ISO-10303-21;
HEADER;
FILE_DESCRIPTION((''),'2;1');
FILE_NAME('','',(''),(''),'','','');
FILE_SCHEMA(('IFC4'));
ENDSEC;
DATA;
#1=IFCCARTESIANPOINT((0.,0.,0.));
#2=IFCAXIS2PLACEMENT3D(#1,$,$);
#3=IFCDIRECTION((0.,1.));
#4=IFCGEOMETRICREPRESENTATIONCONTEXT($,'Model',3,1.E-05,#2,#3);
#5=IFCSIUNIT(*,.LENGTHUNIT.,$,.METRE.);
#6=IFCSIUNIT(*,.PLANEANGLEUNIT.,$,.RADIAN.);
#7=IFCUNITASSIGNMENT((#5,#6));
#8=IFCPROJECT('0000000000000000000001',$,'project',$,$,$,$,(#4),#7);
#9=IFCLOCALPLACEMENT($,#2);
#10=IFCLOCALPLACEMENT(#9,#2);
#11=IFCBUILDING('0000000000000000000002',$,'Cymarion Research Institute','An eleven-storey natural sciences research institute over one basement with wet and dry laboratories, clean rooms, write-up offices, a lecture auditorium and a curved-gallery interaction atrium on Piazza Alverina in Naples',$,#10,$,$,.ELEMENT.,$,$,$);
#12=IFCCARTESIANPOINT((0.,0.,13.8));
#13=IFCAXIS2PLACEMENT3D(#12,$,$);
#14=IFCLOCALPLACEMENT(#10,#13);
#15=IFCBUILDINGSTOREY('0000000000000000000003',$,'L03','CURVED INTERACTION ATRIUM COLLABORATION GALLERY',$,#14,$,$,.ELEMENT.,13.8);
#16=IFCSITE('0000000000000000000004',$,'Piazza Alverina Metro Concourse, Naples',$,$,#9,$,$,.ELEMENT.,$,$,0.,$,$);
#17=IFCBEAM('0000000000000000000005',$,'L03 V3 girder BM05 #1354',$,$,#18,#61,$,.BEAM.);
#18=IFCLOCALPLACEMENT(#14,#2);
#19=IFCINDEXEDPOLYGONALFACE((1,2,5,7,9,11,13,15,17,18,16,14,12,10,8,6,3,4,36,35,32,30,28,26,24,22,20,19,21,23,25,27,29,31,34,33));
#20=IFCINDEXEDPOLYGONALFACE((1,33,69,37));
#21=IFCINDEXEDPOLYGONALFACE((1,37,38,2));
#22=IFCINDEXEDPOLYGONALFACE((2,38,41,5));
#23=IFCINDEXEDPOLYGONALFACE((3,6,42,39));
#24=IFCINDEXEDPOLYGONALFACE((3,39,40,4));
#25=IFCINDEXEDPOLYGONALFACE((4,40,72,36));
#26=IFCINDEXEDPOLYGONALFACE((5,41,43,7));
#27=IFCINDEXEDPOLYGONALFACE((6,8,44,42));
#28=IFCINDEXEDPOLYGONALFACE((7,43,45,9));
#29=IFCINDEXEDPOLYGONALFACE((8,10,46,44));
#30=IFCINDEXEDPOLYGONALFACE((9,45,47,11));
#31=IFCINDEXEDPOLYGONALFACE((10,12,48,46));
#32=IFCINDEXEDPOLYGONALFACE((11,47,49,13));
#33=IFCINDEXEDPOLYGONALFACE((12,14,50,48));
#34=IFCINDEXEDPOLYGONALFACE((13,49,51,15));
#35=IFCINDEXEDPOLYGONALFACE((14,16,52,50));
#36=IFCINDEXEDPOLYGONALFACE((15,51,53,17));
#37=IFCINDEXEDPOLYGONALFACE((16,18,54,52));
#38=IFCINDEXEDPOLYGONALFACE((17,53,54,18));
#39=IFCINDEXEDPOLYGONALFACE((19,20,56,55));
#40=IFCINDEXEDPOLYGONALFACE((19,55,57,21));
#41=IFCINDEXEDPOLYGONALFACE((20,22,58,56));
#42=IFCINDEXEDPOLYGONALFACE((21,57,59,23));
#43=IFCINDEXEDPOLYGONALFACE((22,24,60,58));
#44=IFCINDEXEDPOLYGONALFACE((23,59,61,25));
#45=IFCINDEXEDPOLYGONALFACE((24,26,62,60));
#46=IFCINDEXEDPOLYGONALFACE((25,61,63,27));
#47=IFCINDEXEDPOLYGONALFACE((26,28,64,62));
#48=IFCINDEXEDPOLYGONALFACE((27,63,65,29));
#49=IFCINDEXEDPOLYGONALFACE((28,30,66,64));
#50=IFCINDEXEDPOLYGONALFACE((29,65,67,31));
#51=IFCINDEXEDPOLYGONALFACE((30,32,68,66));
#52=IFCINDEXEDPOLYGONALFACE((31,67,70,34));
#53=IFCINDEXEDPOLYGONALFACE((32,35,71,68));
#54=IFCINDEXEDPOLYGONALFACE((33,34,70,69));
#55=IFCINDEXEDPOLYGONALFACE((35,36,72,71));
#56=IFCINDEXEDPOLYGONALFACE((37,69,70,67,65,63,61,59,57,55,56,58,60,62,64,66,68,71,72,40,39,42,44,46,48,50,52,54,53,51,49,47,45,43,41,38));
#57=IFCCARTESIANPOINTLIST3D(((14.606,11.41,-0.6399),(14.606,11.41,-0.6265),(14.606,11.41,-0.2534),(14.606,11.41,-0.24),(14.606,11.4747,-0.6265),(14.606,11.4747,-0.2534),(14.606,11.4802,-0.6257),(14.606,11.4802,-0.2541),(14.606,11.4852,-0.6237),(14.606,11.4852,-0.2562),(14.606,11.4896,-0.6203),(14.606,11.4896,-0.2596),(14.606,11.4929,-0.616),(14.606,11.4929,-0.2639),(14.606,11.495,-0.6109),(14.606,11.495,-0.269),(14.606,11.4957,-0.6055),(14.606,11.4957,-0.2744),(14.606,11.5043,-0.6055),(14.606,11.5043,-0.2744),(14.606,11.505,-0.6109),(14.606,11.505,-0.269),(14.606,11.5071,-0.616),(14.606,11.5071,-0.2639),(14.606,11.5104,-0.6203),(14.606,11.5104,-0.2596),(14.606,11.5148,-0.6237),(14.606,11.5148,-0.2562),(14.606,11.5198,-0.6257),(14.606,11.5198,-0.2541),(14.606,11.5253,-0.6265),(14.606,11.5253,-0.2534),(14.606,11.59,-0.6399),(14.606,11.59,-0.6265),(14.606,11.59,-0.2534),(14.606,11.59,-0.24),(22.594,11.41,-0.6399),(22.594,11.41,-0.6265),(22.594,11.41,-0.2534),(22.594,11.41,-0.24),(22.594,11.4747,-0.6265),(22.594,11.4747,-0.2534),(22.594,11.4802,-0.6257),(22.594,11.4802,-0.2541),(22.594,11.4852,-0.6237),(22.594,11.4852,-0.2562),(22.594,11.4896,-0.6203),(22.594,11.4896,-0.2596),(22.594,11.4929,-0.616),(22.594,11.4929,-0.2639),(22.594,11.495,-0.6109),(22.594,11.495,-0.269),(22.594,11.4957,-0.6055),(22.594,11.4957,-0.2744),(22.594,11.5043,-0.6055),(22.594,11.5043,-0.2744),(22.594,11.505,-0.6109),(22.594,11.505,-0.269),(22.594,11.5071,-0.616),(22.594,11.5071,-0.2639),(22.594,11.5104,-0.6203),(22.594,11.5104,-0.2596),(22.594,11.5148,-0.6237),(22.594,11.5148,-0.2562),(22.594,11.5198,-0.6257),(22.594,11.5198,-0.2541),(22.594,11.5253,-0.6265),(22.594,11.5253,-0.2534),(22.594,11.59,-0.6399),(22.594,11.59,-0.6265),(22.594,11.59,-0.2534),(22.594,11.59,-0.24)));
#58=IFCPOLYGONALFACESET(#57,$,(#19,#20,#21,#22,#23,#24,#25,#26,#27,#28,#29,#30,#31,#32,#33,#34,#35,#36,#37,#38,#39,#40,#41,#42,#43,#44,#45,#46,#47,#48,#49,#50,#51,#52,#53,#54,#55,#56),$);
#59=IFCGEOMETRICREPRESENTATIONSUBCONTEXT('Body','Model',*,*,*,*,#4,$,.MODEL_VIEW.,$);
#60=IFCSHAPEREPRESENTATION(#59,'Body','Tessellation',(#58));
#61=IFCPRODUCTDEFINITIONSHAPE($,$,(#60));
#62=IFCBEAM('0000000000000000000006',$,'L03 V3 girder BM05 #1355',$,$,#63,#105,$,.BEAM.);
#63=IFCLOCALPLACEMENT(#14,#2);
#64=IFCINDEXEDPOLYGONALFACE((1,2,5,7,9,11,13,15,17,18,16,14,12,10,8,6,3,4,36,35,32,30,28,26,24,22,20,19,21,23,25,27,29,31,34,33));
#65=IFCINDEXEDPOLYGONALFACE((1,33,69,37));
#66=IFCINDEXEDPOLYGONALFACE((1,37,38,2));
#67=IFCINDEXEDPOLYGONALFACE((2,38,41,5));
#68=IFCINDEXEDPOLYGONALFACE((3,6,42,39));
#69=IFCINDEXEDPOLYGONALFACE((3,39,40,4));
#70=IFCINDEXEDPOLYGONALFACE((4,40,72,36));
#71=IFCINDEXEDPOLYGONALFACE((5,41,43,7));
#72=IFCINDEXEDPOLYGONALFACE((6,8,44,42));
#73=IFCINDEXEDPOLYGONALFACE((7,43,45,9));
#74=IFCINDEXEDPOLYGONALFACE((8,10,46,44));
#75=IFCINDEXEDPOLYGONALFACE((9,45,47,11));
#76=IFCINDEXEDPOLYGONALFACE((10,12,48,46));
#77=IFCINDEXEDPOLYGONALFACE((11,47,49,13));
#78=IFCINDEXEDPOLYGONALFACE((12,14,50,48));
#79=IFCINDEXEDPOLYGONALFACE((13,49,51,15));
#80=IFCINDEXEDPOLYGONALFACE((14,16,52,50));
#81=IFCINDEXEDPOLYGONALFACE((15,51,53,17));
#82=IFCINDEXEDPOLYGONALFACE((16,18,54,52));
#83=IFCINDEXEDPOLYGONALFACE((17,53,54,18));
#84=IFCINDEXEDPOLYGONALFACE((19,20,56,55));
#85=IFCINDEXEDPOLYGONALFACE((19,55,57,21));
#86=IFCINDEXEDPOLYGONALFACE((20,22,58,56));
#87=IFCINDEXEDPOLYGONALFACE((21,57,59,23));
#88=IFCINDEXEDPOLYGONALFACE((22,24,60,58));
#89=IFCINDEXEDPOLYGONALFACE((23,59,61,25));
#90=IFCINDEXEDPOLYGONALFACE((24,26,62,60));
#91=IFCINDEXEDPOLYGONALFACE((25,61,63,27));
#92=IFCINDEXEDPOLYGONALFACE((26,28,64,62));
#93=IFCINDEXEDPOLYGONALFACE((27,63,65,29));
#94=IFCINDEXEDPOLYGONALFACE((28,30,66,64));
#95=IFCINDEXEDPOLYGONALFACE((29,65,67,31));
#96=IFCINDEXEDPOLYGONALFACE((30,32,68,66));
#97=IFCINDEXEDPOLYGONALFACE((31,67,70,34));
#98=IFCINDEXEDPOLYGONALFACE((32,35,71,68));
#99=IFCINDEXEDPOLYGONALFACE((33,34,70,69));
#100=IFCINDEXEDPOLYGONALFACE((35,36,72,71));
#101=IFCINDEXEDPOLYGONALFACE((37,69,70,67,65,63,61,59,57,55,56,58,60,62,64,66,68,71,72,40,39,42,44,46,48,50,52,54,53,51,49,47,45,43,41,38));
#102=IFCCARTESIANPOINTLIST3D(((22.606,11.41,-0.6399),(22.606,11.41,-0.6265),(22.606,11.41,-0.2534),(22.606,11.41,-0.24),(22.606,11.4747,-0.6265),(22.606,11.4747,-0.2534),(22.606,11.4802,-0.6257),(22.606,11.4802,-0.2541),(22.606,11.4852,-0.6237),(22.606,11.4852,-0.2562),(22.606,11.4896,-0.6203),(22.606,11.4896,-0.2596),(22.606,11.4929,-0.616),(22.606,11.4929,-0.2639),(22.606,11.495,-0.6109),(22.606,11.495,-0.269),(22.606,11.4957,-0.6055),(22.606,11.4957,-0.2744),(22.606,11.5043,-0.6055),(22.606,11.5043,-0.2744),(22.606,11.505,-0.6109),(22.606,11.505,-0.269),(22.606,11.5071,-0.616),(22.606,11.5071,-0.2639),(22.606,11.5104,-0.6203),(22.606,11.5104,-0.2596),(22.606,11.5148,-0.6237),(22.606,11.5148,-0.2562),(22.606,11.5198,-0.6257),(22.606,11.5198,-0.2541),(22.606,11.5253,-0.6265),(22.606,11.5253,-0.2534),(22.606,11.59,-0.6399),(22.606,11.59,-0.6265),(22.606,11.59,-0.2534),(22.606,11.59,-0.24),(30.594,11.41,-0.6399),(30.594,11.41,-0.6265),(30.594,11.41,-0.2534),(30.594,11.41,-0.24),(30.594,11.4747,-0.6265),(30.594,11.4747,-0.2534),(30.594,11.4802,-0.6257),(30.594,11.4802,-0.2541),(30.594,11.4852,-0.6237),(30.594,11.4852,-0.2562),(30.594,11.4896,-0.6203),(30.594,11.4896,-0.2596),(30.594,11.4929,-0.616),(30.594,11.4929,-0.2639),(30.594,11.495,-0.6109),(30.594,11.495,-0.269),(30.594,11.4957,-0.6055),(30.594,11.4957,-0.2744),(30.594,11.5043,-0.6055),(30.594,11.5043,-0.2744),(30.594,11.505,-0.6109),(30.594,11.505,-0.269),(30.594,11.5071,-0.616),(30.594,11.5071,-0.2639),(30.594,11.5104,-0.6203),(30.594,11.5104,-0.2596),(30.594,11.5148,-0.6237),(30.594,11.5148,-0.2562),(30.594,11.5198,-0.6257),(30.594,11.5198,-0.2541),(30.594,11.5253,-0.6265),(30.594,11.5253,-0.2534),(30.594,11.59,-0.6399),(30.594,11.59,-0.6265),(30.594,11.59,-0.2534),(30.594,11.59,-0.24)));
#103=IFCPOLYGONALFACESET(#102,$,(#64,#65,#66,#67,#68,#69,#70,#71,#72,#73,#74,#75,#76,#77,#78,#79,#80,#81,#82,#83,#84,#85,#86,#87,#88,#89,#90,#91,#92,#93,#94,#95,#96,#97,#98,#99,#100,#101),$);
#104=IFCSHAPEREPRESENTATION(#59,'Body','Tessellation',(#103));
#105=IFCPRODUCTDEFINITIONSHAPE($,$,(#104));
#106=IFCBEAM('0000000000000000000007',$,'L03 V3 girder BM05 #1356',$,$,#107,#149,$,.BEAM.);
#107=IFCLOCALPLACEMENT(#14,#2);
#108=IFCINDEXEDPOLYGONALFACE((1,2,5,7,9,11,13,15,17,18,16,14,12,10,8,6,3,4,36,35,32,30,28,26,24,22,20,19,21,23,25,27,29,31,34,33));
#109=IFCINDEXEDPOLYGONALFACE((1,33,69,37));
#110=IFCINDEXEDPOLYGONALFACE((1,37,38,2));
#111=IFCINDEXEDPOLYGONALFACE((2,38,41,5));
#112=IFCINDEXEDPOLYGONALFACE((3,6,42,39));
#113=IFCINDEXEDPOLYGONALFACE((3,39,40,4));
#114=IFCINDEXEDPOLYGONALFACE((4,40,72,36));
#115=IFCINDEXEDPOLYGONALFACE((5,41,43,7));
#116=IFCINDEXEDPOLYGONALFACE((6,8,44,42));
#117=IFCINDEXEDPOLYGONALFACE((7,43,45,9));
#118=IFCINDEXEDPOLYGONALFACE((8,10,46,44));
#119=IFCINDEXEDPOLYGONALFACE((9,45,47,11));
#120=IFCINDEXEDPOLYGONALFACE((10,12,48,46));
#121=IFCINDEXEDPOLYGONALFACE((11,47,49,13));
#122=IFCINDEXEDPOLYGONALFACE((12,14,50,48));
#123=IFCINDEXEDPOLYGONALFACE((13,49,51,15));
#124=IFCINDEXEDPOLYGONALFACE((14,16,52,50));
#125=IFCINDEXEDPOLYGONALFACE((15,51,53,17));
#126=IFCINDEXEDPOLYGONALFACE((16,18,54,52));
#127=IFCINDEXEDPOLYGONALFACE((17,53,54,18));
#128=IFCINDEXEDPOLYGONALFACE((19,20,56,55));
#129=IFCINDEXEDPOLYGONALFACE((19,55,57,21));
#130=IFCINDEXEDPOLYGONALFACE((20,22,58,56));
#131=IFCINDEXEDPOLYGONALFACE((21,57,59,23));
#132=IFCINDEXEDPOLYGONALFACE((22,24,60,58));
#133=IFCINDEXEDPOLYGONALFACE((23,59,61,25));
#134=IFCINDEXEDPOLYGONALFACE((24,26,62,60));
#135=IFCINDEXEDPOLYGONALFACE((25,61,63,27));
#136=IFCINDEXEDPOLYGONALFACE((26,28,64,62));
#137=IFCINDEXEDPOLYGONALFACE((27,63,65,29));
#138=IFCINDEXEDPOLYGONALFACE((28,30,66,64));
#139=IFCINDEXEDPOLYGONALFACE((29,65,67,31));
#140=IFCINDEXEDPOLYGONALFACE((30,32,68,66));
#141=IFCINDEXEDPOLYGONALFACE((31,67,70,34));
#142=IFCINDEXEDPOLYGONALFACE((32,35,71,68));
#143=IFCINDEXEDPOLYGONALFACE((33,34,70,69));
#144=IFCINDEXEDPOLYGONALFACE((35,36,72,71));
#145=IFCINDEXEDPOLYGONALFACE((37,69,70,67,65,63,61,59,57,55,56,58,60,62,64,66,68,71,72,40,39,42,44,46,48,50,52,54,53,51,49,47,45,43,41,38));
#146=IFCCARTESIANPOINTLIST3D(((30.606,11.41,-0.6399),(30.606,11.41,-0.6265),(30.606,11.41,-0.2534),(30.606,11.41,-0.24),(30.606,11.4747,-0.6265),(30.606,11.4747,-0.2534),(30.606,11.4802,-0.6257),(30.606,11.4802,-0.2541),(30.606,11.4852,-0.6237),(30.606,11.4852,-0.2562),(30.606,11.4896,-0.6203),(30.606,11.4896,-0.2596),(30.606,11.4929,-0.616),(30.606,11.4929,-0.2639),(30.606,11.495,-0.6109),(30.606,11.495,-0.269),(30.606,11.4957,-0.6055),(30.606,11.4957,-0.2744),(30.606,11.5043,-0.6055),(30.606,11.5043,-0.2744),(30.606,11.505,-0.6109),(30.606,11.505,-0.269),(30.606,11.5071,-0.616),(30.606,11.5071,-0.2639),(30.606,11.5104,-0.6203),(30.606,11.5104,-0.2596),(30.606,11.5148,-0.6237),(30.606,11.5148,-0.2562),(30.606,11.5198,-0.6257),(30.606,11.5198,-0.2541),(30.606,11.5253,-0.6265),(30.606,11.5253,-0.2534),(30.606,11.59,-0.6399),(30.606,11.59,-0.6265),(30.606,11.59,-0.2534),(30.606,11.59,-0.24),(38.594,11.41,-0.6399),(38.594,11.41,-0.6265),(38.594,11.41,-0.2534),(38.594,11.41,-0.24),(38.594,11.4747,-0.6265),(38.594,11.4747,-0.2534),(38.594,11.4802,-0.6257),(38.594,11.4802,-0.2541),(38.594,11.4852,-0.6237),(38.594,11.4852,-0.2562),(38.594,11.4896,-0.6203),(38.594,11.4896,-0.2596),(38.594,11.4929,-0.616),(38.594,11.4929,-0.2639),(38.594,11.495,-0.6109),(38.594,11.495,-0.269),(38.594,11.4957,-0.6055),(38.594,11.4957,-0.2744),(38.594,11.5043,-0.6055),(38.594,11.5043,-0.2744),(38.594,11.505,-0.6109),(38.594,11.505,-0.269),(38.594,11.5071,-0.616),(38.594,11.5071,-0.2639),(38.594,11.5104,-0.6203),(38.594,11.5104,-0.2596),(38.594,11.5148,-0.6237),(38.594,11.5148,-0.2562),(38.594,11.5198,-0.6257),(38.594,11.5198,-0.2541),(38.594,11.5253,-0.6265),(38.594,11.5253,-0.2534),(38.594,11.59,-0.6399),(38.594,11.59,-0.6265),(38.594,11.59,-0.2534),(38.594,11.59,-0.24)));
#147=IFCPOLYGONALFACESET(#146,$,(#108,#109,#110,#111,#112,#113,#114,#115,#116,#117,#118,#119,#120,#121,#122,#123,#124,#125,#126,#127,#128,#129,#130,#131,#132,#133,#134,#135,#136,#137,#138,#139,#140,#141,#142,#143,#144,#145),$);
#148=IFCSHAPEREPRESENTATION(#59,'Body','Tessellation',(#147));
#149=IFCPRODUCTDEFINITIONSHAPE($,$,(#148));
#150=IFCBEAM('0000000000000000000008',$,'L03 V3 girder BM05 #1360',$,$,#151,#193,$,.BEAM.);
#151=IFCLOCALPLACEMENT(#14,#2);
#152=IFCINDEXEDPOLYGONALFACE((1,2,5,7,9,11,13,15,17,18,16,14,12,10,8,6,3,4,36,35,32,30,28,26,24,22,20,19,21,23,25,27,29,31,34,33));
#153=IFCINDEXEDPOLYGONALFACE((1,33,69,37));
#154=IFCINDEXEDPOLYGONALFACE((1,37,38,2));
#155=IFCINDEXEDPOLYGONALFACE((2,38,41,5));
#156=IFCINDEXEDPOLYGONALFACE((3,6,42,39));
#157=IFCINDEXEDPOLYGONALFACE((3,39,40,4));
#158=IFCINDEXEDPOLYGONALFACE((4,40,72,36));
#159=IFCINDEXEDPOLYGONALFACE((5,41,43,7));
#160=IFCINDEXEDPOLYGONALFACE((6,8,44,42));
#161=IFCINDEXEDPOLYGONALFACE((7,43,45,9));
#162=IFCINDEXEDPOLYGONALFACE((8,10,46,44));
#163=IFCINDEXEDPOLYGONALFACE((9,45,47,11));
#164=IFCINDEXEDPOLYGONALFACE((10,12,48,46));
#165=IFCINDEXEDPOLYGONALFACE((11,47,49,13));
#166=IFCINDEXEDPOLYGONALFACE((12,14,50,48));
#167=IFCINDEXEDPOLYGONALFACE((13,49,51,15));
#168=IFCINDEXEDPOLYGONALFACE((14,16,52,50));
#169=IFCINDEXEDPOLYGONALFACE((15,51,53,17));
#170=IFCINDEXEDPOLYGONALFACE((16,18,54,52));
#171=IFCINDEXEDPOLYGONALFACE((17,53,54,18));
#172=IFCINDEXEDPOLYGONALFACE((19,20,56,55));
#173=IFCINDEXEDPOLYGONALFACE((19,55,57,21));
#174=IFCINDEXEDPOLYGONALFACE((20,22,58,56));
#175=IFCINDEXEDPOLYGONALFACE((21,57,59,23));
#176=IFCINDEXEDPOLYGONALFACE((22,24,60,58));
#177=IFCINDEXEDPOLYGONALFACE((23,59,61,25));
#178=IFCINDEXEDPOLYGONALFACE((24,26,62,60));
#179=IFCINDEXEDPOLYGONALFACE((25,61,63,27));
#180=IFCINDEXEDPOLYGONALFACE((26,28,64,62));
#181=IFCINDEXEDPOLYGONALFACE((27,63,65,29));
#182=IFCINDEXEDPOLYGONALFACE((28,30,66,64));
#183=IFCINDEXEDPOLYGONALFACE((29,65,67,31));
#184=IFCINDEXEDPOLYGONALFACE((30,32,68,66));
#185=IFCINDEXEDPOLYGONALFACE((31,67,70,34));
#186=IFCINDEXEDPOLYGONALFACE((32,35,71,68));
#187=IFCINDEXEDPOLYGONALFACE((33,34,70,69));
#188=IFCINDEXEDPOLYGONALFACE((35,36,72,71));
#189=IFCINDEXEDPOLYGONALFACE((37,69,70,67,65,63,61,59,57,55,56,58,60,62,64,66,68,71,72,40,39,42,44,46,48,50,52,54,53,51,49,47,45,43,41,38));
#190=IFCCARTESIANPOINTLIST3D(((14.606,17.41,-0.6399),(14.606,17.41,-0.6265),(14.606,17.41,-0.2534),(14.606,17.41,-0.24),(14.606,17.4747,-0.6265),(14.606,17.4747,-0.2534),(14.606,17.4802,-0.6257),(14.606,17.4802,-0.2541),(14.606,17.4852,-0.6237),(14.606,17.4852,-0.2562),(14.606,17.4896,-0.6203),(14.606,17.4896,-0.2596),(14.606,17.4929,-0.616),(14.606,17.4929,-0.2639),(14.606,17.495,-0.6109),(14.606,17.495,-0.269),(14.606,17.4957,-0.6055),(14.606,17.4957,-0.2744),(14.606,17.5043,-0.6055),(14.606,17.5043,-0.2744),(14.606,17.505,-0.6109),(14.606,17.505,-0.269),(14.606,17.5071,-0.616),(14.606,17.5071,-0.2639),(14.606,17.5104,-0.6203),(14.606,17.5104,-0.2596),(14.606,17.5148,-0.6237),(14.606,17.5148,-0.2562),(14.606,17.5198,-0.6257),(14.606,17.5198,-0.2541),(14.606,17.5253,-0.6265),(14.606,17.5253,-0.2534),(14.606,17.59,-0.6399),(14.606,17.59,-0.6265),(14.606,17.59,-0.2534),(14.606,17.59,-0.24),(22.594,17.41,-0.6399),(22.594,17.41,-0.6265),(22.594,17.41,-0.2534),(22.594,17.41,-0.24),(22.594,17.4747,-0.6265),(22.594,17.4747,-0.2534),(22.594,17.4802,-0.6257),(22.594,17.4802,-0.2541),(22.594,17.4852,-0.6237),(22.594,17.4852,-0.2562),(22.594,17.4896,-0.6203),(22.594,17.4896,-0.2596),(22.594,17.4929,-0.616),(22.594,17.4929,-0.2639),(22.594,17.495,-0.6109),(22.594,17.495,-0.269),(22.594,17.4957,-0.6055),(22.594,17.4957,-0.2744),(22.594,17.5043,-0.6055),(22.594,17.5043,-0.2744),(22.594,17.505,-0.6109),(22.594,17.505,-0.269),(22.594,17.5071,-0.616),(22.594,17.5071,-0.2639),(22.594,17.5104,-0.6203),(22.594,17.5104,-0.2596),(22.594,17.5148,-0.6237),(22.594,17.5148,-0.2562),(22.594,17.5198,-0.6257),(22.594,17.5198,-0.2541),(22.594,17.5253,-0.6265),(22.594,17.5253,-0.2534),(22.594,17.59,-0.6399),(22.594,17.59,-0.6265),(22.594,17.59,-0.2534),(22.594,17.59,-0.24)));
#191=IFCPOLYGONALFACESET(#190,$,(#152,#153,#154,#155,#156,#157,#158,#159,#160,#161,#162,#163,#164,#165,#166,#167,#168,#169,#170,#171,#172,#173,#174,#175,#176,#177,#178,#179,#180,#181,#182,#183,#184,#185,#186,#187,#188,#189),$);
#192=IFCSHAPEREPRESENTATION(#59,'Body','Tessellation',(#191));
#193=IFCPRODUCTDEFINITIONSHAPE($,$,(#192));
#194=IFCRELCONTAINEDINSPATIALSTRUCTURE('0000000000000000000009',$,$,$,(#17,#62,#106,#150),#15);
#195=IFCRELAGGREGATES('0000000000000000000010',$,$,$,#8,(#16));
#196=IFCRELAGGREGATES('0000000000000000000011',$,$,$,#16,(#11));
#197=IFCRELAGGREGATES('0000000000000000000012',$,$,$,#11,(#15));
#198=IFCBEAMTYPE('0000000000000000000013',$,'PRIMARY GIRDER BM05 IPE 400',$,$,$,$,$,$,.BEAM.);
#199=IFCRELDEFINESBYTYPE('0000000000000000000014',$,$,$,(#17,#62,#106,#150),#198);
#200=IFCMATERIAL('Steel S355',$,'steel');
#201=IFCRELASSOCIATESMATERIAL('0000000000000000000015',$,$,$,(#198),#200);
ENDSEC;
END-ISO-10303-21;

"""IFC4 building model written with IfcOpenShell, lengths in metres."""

from ifc_helpers import new_model, si_unit, direction, frame, origin, origin_2d, place, context, subcontext, project, spatial, i_section, extrude, material, material_profile, profile_set, type_object, element, save


model = new_model("IFC4")

# Units and contexts
model_context = context("Model", 3, precision=1e-05, world=origin(), true_north=direction((0.0, 1.0)))
body_context = subcontext(model_context, "Body", "Model", "MODEL_VIEW")
ifc_project = project(units=[si_unit("LENGTHUNIT", "METRE"), si_unit("PLANEANGLEUNIT", "RADIAN")], contexts=[model_context])

# Site, building, storey
site_placement = place(None, origin())
site = spatial("IfcSite", under=ifc_project, at=site_placement, Name="Piazza Alverina Metro Concourse, Naples", CompositionType="ELEMENT", RefElevation=0.0)
building_placement = place(site_placement, origin())
building = spatial("IfcBuilding", under=site, at=building_placement, Name="Cymarion Research Institute", Description="An eleven-storey natural sciences research institute over one basement with wet and dry laboratories, clean rooms, write-up offices, a lecture auditorium and a curved-gallery interaction atrium on Piazza Alverina in Naples", CompositionType="ELEMENT")
storey_placement = place(building_placement, frame((0.0, 0.0, 13.8)))
storey = spatial("IfcBuildingStorey", under=building, at=storey_placement, Name="L03", Description="CURVED INTERACTION ATRIUM COLLABORATION GALLERY", CompositionType="ELEMENT", Elevation=13.8)

# Beams
ifc_material = material(Name="Steel S355", Category="steel")
ifc_material_profile_1 = material_profile(ifc_material, i_section(OverallWidth=0.1799, OverallDepth=0.3999, WebThickness=0.0085, FlangeThickness=0.0134, FilletRadius=0.021, at=origin_2d()), Name="IPE 400")
ifc_profile_set_1 = profile_set([ifc_material_profile_1], Name="Steel S355")
beam_type_1 = type_object("IfcBeamType", Name="PRIMARY GIRDER BM05 IPE 400", PredefinedType="BEAM", material=ifc_profile_set_1)
for number, where, z_axis, x_axis, name in (
    (1, (14.606, 11.5, -0.4399), (1.0, 0.0, 0.0), (0.0, 1.0, 0.0), "L03 V3 girder BM05 #1354"),
    (2, (22.606, 11.5, -0.4399), (1.0, 0.0, 0.0), (0.0, 1.0, 0.0), "L03 V3 girder BM05 #1355"),
    (3, (30.606, 11.5, -0.4399), (1.0, 0.0, 0.0), (0.0, 1.0, 0.0), "L03 V3 girder BM05 #1356"),
    (4, (14.606, 17.5, -0.4399), (1.0, 0.0, 0.0), (0.0, 1.0, 0.0), "L03 V3 girder BM05 #1360"),
):
    element("IfcBeam", number, at=place(storey_placement, frame(where, z_axis=z_axis, x_axis=x_axis)), inside=storey, type_object=beam_type_1, Name=name, PredefinedType="BEAM", context=body_context, shape_type="SweptSolid", body=[
        extrude(i_section(OverallWidth=0.1799, OverallDepth=0.3999, WebThickness=0.0085, FlangeThickness=0.0134, FilletRadius=0.021, at=origin_2d()), origin(), (0.0, 0.0, 1.0), 7.988),
    ])

save(model, "model.ifc")
